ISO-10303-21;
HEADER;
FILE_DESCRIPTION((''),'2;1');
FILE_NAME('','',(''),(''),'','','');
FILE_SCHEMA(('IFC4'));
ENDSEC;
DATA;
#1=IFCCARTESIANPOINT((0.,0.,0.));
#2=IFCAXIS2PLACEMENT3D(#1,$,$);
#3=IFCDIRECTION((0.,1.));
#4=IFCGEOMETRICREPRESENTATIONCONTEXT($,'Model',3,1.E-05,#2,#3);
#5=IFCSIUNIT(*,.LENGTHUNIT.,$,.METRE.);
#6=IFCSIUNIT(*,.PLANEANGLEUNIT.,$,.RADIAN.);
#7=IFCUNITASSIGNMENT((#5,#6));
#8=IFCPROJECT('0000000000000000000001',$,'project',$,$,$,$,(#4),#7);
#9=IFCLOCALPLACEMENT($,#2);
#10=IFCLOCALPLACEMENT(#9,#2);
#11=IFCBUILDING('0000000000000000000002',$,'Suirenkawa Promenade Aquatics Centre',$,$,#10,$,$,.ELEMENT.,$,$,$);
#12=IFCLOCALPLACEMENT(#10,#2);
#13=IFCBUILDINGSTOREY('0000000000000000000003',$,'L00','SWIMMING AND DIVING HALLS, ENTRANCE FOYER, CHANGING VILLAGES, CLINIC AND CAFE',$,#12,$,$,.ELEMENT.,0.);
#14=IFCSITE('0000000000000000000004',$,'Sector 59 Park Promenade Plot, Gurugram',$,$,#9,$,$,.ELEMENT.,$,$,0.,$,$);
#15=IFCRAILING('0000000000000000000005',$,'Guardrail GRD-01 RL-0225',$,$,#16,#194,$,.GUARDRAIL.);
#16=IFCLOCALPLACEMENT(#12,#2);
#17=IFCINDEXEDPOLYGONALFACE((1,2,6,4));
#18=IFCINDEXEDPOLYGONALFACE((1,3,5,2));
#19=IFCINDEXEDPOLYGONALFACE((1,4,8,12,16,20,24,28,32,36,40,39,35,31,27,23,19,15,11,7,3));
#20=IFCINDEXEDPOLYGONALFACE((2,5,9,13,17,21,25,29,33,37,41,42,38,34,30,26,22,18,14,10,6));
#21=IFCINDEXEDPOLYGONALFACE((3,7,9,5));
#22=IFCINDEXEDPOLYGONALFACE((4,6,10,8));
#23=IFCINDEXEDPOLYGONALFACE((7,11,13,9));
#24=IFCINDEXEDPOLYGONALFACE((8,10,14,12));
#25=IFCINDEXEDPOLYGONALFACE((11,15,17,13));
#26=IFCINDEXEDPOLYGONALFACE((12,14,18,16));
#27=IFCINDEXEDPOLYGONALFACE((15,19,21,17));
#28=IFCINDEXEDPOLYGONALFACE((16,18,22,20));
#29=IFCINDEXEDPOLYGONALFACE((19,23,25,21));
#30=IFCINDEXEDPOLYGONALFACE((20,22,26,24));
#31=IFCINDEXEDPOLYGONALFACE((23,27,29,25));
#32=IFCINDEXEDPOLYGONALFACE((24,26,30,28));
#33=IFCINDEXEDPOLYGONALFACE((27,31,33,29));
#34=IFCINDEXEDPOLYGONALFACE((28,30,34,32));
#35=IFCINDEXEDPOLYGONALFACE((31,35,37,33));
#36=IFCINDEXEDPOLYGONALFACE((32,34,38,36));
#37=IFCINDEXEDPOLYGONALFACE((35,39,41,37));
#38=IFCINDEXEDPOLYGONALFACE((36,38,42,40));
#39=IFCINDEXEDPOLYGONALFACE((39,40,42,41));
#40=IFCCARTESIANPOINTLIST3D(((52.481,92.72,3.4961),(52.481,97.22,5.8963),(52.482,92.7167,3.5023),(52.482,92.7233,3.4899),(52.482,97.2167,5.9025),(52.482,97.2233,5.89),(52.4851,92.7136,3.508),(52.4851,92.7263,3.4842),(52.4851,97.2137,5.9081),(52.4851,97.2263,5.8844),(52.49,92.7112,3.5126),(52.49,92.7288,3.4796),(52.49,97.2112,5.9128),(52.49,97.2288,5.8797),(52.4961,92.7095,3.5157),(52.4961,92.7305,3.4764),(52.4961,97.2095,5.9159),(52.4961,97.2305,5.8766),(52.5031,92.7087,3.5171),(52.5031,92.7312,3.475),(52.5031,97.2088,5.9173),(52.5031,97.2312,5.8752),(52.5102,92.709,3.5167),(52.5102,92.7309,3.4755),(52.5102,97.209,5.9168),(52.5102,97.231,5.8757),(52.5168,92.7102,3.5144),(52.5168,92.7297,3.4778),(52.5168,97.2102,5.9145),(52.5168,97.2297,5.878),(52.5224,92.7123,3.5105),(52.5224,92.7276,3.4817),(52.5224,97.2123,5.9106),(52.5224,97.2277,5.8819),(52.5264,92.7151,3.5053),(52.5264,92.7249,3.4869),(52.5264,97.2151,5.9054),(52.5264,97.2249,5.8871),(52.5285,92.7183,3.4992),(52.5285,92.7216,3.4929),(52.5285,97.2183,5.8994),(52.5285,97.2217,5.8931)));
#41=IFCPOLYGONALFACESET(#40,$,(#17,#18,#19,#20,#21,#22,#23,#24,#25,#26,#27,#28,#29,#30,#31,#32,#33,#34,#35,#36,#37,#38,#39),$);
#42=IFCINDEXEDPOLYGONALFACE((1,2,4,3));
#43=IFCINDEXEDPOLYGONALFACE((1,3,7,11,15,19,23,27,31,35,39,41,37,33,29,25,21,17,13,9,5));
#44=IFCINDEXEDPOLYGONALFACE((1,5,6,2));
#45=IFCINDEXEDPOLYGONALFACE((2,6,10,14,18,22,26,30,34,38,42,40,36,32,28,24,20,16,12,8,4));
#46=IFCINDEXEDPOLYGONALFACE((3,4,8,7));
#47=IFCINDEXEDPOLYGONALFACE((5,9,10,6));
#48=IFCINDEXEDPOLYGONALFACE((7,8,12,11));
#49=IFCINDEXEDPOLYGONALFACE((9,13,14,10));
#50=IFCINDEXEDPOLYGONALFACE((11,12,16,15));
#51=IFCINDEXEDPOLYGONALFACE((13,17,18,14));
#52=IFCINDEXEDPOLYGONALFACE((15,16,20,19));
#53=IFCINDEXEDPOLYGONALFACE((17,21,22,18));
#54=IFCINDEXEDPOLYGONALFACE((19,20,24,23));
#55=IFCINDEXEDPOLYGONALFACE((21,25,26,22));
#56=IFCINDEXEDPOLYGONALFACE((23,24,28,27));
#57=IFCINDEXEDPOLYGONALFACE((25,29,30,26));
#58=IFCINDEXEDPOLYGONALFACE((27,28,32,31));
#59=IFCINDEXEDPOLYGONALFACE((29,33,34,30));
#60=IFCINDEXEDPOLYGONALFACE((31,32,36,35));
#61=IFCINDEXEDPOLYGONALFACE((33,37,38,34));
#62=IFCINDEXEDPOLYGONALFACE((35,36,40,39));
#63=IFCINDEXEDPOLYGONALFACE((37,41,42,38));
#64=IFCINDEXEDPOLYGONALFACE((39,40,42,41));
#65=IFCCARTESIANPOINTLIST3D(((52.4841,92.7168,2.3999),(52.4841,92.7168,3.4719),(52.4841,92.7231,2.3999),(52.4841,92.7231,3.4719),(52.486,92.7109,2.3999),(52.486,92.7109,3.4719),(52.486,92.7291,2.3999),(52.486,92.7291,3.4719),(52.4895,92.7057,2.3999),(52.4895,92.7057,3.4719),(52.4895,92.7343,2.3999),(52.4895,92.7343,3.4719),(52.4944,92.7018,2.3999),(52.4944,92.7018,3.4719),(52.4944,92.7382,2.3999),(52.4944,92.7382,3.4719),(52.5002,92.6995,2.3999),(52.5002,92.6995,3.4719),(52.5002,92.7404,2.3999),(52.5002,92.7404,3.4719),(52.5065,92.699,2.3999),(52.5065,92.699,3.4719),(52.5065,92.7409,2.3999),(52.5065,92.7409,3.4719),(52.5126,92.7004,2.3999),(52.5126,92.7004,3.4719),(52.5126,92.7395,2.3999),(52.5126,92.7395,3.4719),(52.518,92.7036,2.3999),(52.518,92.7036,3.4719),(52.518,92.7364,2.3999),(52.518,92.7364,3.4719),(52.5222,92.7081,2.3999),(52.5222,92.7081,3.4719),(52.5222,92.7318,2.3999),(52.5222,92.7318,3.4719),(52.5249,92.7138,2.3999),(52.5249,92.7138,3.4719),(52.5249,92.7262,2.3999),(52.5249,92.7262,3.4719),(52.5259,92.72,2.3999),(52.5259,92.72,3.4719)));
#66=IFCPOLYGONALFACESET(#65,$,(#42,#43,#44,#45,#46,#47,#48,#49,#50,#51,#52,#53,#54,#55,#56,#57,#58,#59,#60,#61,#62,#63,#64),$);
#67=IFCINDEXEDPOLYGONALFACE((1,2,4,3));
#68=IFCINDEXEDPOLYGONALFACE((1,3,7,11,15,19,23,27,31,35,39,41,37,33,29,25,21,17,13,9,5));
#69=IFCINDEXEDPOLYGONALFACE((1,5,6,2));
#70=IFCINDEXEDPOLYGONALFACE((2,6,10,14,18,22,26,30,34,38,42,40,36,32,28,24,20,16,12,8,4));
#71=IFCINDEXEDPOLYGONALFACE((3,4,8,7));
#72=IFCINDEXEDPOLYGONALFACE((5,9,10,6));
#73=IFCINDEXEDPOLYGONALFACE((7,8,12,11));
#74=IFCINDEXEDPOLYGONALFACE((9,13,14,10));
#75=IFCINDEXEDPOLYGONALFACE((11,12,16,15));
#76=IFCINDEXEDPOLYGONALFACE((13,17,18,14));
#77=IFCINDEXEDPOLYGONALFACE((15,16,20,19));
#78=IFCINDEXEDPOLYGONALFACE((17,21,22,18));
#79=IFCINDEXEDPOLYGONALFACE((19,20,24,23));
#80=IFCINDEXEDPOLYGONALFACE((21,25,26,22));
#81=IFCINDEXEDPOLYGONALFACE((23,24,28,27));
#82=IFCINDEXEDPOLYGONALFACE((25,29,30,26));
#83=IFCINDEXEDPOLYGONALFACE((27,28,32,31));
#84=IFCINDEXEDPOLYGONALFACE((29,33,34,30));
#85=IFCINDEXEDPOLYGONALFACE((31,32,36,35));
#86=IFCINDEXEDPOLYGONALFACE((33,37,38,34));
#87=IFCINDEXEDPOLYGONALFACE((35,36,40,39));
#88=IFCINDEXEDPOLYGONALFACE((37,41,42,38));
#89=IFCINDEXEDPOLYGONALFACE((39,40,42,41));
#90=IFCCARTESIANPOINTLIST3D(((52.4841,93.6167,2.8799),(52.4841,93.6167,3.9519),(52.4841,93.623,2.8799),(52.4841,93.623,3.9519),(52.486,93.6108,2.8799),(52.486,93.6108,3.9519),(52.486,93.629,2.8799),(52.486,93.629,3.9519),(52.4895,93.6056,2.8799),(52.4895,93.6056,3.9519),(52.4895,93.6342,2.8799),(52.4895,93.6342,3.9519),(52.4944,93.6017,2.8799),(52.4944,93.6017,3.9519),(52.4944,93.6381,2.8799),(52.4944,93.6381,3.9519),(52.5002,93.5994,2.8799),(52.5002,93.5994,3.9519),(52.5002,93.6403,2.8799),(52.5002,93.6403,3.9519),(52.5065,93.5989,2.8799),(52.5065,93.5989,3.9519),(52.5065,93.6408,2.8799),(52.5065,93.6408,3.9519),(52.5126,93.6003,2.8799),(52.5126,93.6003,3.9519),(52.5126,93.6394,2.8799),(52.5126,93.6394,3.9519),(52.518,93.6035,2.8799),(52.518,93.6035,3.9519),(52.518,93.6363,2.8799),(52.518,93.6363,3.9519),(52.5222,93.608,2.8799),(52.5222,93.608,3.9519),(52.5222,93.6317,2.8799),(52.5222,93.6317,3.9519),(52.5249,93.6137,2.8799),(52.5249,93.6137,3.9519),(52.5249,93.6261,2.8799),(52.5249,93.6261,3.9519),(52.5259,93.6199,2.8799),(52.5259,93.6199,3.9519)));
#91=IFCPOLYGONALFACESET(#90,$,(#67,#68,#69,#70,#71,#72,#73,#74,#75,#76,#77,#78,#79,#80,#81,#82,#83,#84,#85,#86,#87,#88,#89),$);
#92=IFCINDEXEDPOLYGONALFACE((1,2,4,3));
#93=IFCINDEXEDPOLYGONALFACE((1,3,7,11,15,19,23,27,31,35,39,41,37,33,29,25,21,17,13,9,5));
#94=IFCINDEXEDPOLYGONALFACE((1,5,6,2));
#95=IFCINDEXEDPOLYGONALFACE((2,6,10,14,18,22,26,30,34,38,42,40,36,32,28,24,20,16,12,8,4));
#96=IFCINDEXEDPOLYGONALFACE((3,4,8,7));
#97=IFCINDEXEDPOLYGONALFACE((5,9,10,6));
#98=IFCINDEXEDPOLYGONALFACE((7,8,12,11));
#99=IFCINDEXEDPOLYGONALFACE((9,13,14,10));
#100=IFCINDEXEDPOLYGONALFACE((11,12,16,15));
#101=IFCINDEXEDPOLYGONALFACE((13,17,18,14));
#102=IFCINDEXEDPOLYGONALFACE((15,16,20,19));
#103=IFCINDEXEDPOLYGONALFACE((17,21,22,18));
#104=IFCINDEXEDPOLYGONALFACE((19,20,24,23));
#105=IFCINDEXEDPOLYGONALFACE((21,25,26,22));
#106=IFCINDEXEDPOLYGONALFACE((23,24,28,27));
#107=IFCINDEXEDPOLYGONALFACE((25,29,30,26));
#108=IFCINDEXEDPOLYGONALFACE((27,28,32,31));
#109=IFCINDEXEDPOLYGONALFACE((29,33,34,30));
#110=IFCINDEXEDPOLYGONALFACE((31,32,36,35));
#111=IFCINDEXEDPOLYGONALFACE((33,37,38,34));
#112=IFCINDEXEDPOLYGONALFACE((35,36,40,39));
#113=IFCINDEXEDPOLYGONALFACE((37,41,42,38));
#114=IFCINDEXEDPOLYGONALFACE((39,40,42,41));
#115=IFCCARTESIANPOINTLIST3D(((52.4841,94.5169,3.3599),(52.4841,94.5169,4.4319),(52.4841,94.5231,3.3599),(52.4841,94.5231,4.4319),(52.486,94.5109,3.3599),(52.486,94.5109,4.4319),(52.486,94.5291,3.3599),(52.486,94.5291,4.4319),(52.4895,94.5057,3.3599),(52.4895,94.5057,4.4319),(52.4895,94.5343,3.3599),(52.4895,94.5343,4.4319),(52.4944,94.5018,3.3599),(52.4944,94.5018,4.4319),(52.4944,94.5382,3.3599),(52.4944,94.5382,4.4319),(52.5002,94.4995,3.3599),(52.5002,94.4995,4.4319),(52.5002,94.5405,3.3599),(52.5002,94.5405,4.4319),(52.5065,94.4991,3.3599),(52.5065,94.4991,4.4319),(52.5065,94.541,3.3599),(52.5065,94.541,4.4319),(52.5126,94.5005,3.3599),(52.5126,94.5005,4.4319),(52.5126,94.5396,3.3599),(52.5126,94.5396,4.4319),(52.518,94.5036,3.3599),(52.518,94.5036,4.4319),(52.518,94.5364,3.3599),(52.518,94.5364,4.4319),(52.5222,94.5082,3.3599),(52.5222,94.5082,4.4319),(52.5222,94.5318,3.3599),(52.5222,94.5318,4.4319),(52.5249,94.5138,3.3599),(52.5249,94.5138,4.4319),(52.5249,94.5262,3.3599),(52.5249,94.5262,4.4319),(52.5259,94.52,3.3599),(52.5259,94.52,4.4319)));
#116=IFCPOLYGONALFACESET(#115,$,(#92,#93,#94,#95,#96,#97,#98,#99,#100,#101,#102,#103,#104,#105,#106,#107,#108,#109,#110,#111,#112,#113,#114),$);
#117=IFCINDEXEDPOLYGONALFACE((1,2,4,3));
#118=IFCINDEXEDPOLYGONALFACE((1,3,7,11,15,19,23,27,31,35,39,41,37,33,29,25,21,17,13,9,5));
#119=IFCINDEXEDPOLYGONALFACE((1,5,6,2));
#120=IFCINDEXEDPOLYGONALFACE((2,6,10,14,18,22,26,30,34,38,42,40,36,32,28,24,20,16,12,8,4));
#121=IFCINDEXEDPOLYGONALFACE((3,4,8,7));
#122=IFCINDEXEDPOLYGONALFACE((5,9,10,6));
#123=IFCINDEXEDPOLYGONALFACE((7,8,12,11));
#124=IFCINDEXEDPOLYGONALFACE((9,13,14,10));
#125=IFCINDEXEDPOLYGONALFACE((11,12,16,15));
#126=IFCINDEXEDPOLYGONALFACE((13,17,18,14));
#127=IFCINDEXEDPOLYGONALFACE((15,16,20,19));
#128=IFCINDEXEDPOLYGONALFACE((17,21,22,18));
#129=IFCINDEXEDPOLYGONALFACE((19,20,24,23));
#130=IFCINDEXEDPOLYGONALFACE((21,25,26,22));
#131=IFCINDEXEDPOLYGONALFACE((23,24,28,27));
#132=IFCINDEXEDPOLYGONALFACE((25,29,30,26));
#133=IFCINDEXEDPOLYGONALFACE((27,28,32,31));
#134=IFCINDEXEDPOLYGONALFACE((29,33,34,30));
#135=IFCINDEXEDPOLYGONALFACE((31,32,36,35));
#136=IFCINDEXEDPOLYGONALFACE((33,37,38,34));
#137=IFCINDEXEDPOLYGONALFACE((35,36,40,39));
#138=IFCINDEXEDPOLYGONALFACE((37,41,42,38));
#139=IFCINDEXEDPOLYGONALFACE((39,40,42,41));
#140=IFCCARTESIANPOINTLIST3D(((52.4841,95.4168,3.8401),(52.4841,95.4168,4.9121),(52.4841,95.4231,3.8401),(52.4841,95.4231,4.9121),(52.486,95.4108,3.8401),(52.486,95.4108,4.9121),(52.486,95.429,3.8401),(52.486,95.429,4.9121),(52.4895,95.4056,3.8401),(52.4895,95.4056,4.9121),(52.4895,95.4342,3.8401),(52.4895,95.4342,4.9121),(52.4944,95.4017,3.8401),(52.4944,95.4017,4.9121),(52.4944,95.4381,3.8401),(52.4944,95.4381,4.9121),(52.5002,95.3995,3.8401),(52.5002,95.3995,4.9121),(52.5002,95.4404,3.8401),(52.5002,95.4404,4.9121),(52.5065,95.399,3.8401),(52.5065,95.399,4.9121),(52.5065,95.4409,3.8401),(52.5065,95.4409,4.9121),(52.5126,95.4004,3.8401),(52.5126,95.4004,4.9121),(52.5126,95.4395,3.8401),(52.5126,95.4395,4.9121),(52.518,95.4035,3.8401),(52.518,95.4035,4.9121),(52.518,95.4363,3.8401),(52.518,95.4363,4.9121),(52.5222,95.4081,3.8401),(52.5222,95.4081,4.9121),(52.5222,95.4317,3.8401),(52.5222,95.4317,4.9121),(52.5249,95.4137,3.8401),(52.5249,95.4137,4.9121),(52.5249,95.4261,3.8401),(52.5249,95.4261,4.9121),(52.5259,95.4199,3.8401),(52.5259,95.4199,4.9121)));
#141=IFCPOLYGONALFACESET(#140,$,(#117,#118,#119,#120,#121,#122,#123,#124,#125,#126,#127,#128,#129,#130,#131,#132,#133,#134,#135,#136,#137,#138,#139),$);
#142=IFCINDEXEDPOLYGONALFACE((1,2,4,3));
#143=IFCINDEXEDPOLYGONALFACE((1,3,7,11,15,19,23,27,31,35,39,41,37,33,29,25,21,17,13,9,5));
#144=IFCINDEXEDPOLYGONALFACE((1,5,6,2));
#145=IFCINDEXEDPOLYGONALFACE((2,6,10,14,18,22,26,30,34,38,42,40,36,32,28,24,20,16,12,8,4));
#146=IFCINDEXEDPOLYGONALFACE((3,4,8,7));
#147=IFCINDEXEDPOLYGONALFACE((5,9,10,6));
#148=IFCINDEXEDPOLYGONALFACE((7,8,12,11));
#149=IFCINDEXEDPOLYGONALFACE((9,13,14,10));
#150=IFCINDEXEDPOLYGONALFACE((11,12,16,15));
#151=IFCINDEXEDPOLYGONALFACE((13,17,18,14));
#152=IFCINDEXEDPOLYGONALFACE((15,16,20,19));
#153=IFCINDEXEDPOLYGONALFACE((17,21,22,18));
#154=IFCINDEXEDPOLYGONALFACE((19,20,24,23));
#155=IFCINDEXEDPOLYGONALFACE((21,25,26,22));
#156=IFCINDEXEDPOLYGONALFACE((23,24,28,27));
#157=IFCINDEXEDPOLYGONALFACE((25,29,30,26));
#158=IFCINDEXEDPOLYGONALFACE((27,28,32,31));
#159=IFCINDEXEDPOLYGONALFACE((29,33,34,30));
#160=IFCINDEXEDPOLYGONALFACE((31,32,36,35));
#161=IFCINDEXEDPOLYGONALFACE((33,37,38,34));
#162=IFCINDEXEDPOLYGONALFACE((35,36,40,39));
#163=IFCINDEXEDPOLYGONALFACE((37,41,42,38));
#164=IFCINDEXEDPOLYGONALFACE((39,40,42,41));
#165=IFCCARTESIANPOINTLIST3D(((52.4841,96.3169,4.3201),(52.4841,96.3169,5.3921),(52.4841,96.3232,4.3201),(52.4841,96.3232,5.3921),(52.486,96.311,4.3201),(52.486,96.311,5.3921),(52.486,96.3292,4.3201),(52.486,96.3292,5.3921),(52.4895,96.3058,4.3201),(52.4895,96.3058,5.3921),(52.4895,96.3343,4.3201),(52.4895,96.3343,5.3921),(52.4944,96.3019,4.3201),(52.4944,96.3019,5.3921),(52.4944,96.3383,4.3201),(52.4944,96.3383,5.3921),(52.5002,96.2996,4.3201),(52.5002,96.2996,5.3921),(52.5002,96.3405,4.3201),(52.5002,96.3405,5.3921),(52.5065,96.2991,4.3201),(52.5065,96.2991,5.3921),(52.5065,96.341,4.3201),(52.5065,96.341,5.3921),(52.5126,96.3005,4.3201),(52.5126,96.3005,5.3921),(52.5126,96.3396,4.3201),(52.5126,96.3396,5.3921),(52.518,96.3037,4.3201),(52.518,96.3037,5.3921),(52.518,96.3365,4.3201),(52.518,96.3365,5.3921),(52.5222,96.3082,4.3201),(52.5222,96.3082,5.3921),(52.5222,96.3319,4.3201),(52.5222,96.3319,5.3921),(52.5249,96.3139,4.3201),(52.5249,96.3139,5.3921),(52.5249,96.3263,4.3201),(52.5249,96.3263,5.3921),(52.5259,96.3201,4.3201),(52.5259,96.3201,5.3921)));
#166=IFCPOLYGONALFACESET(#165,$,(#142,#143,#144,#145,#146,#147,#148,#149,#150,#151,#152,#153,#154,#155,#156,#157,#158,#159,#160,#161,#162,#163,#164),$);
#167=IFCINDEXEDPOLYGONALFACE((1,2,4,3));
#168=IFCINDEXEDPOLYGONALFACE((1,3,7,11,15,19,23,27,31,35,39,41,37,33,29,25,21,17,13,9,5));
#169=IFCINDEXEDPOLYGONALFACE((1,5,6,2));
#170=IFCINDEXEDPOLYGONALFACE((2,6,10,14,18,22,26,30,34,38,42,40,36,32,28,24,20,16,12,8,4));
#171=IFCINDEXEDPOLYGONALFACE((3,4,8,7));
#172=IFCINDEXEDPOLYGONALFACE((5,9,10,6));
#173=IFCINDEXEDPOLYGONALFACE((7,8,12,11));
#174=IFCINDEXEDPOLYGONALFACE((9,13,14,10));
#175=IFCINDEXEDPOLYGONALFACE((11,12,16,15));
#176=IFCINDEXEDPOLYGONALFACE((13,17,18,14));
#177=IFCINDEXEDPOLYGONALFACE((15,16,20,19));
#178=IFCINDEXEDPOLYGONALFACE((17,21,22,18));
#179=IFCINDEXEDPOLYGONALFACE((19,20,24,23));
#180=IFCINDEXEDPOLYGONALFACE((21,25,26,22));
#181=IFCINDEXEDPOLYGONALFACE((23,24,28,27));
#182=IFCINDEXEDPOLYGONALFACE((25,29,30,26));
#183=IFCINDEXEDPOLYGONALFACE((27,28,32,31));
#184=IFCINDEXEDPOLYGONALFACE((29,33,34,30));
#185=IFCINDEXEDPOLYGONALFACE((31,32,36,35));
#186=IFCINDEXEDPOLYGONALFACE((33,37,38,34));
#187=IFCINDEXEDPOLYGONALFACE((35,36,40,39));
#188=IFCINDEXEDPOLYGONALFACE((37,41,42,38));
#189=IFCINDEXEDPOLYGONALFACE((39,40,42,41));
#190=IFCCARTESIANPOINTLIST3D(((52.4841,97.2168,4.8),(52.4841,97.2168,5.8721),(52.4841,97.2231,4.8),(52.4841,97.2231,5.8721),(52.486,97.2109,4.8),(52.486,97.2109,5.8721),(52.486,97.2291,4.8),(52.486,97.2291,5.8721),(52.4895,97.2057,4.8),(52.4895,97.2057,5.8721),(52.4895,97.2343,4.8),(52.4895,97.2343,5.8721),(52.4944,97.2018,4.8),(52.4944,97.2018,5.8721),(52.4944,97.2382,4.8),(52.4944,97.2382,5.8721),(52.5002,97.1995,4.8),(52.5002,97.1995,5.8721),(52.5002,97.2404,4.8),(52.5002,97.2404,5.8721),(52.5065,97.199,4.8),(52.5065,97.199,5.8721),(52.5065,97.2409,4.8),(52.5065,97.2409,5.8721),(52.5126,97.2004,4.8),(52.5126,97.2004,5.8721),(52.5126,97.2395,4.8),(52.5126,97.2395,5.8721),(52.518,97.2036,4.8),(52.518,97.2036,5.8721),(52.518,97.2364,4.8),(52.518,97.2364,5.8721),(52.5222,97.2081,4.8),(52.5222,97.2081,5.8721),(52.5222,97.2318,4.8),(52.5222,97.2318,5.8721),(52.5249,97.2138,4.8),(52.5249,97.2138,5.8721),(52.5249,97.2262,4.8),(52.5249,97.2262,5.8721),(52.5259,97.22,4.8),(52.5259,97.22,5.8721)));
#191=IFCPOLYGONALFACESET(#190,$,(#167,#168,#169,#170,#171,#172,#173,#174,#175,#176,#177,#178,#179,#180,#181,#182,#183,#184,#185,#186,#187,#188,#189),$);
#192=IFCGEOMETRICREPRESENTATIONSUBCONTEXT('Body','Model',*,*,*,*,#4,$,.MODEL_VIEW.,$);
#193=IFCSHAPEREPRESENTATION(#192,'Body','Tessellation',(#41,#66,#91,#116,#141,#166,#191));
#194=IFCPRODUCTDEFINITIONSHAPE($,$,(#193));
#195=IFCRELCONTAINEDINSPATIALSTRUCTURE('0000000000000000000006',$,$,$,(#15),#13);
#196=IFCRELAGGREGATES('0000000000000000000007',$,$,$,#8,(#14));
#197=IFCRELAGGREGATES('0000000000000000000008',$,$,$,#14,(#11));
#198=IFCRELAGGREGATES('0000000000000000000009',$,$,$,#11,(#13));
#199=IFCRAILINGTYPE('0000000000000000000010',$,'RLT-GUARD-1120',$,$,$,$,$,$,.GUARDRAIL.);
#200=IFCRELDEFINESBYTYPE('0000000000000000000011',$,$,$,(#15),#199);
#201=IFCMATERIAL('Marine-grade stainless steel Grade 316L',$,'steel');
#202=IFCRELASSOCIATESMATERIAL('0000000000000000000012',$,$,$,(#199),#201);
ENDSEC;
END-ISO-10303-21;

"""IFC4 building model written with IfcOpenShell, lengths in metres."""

from ifc_helpers import new_model, si_unit, direction, frame, origin, origin_2d, place, context, subcontext, project, spatial, circle, extrude, material, type_object, element, save


model = new_model("IFC4")

# Units and contexts
model_context = context("Model", 3, precision=1e-05, world=origin(), true_north=direction((0.0, 1.0)))
body_context = subcontext(model_context, "Body", "Model", "MODEL_VIEW")
ifc_project = project(units=[si_unit("LENGTHUNIT", "METRE"), si_unit("PLANEANGLEUNIT", "RADIAN")], contexts=[model_context])

# Site, building, storey
site_placement = place(None, origin())
site = spatial("IfcSite", under=ifc_project, at=site_placement, Name="Sector 59 Park Promenade Plot, Gurugram", CompositionType="ELEMENT", RefElevation=0.0)
building_placement = place(site_placement, origin())
building = spatial("IfcBuilding", under=site, at=building_placement, Name="Suirenkawa Promenade Aquatics Centre", CompositionType="ELEMENT")
storey_placement = place(building_placement, origin())
storey = spatial("IfcBuildingStorey", under=building, at=storey_placement, Name="L00", Description="SWIMMING AND DIVING HALLS, ENTRANCE FOYER, CHANGING VILLAGES, CLINIC AND CAFE", CompositionType="ELEMENT", Elevation=0.0)

# Railing
ifc_material_1 = material(Name="Marine-grade stainless steel Grade 316L", Category="steel")
railing_type_1 = type_object("IfcRailingType", Name="RLT-GUARD-1120", PredefinedType="GUARDRAIL", material=ifc_material_1)
for number, where, name in (
    (1, (52.5049, 92.72, 2.3999), "Guardrail GRD-01 RL-0225"),
):
    element("IfcRailing", number, at=place(storey_placement, frame(where)), inside=storey, type_object=railing_type_1, Name=name, PredefinedType="GUARDRAIL", context=body_context, shape_type="SweptSolid", body=[
        extrude(circle(Radius=0.0239, at=origin_2d()), frame((0.0, 0.0, 1.0962), z_axis=(0.0, 0.882341, 0.470611), x_axis=(-1.0, 0.0, 0.0)), (0.0, 0.0, 1.0), 5.1001),
        extrude(circle(Radius=0.021, at=origin_2d()), origin(), (0.0, 0.0, 1.0), 1.072),
        extrude(circle(Radius=0.021, at=origin_2d()), frame((0.0, 0.8999, 0.48)), (0.0, 0.0, 1.0), 1.072),
        extrude(circle(Radius=0.021, at=origin_2d()), frame((0.0, 1.8, 0.96)), (0.0, 0.0, 1.0), 1.072),
        extrude(circle(Radius=0.021, at=origin_2d()), frame((0.0, 2.7, 1.4402)), (0.0, 0.0, 1.0), 1.072),
        extrude(circle(Radius=0.021, at=origin_2d()), frame((0.0, 3.6001, 1.9202)), (0.0, 0.0, 1.0), 1.072),
        extrude(circle(Radius=0.021, at=origin_2d()), frame((0.0, 4.5, 2.4001)), (0.0, 0.0, 1.0), 1.072),
    ])

save(model, "model.ifc")
